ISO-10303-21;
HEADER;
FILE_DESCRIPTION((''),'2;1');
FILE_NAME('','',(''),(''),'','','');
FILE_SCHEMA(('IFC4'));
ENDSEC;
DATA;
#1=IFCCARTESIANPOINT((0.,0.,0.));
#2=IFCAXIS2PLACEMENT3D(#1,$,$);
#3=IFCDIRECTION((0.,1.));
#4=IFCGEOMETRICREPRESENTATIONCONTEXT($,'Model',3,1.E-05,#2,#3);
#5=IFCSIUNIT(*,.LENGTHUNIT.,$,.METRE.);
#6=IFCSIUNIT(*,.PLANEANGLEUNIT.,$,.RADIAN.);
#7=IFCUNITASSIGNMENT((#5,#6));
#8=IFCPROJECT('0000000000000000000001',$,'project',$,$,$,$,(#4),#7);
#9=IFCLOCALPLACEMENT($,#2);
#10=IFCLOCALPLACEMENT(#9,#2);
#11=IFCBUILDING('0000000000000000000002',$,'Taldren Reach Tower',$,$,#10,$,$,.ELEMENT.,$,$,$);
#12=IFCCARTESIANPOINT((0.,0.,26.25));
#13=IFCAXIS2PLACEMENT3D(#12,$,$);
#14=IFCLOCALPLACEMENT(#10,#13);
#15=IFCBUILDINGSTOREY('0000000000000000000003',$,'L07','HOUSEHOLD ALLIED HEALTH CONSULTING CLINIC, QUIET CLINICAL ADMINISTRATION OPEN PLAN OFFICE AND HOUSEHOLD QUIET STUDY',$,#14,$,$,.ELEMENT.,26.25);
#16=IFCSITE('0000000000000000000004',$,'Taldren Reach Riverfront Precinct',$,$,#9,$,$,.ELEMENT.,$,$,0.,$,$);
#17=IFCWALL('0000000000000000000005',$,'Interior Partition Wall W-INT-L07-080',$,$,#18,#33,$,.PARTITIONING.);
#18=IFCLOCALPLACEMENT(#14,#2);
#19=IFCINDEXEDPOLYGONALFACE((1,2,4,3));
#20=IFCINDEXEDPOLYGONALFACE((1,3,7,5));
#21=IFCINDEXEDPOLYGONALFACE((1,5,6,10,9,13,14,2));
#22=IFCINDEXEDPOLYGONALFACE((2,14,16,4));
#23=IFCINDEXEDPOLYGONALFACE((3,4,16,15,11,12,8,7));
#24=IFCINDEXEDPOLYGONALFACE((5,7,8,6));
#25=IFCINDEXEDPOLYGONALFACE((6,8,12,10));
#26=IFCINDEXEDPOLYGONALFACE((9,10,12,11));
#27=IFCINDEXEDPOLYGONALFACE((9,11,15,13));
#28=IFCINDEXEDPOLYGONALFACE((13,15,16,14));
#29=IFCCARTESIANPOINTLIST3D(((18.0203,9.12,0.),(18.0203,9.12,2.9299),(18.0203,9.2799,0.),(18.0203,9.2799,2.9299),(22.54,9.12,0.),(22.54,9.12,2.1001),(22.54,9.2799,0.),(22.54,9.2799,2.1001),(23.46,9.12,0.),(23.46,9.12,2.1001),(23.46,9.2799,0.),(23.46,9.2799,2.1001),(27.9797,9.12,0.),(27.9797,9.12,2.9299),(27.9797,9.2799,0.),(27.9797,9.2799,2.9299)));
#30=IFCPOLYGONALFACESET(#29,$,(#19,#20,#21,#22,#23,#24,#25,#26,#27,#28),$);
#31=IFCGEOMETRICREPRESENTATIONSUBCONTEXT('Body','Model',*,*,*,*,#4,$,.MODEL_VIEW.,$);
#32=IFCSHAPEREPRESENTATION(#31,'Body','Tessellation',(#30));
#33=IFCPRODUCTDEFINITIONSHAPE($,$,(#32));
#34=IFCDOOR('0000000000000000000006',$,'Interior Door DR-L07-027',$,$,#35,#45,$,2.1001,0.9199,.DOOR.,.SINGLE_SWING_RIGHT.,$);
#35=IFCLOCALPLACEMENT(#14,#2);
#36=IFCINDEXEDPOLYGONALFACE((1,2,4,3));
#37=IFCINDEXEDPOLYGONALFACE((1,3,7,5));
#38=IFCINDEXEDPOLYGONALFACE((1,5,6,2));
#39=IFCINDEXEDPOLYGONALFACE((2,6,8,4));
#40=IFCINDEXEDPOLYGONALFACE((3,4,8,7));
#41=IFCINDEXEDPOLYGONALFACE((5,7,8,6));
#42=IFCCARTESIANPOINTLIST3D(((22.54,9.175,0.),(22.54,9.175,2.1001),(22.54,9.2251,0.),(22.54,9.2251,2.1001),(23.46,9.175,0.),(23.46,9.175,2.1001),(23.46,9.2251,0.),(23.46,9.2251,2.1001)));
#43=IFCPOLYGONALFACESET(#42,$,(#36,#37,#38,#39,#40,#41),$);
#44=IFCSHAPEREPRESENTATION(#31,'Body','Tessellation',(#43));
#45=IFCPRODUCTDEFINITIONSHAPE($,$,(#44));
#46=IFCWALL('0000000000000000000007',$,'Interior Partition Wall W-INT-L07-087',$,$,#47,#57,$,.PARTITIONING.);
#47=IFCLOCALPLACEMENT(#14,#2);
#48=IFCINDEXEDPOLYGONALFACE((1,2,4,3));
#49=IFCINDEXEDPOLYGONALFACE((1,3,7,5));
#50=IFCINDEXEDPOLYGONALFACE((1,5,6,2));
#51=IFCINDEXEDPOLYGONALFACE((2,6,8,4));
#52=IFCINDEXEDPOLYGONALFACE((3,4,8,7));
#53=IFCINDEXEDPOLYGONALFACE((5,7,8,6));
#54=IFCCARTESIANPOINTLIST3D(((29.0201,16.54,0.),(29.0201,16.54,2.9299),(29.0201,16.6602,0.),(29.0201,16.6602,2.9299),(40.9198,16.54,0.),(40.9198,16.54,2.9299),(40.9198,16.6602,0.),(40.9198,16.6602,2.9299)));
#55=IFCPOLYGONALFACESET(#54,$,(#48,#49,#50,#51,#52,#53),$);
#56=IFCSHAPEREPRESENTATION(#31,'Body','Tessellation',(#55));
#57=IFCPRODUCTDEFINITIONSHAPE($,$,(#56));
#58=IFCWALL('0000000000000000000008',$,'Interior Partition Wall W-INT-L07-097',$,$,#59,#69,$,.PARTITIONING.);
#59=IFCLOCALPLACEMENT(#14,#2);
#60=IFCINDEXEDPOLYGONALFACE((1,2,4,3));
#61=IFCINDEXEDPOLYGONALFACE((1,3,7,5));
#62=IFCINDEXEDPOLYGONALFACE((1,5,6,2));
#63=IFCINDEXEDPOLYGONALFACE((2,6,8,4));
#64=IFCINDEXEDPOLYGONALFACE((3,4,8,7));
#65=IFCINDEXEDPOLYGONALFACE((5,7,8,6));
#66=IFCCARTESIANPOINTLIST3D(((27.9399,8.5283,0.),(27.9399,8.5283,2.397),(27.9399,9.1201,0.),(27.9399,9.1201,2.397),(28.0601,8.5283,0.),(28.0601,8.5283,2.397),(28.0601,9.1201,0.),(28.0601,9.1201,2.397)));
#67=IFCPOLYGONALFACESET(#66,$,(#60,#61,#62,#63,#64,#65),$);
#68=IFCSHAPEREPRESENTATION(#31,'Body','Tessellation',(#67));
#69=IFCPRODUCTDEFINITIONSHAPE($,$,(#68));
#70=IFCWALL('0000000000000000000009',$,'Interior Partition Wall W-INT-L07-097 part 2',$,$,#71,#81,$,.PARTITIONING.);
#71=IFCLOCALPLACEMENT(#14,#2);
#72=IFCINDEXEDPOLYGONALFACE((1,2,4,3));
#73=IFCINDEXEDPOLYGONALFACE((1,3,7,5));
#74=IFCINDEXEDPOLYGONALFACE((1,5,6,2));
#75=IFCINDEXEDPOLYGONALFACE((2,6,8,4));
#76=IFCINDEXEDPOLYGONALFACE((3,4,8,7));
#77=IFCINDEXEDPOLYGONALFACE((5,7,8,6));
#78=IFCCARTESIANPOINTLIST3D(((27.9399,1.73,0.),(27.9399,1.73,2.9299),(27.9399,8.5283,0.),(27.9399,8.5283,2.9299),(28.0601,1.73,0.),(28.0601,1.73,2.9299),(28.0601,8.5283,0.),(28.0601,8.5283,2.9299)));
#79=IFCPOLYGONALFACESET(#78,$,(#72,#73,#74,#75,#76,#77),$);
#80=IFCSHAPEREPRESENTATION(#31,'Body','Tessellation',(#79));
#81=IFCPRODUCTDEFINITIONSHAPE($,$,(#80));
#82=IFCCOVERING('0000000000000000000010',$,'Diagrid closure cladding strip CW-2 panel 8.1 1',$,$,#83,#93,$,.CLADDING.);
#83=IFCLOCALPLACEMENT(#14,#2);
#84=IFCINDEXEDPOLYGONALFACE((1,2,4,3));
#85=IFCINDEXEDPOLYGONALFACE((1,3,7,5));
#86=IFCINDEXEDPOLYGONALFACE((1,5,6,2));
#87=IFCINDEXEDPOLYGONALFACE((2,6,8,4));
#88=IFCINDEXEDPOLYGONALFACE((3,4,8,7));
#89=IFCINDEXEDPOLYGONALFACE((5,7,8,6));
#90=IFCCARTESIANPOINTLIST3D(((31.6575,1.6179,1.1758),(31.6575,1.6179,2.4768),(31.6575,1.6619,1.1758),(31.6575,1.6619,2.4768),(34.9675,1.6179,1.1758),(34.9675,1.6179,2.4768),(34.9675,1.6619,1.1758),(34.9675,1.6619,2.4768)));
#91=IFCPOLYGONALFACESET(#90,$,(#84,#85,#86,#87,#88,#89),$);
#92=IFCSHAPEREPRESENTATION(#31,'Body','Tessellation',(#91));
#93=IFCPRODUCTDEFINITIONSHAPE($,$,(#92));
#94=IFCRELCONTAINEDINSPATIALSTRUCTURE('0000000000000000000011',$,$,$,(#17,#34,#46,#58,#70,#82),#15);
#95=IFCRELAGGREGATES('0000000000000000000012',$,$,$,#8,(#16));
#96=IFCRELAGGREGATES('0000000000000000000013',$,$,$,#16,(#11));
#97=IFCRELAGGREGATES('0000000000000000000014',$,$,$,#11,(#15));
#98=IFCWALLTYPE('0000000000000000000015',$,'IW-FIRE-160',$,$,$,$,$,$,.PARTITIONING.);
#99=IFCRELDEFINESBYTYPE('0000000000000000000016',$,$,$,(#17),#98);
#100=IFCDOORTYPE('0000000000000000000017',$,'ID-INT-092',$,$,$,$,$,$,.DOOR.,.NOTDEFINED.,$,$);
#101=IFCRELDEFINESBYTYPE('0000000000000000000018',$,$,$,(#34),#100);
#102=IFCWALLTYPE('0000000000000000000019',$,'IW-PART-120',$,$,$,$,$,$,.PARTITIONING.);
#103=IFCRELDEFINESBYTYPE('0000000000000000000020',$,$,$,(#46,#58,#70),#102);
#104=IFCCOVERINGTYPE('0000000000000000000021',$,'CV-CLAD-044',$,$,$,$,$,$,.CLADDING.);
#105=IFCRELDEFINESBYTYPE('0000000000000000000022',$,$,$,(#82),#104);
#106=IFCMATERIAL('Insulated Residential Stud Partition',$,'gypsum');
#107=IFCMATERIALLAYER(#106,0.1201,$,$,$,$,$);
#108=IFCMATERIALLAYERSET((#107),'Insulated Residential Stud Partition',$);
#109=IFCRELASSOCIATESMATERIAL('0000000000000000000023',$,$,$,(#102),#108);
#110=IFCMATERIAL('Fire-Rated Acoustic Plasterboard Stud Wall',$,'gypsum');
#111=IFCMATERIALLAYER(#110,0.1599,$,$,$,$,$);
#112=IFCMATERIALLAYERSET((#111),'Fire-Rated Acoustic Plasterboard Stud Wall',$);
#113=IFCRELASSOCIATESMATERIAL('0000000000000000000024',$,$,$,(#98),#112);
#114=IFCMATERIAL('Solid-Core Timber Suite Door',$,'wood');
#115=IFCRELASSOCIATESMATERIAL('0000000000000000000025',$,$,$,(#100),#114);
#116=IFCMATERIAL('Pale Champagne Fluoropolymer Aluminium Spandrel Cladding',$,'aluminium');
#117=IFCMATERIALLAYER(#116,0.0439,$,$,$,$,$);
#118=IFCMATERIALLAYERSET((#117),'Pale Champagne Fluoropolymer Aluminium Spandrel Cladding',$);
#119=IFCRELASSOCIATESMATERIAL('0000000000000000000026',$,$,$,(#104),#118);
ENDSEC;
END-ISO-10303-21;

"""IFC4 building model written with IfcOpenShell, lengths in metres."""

from ifc_helpers import new_model, si_unit, direction, frame, frame_2d, origin, origin_2d, place, context, subcontext, project, spatial, rectangle, extrude, source, transform, mapped, material, layer, layer_set, type_object, element, fill, save


model = new_model("IFC4")

# Units and contexts
model_context = context("Model", 3, precision=1e-05, world=origin(), true_north=direction((0.0, 1.0)))
body_context = subcontext(model_context, "Body", "Model", "MODEL_VIEW")
ifc_project = project(units=[si_unit("LENGTHUNIT", "METRE"), si_unit("PLANEANGLEUNIT", "RADIAN")], contexts=[model_context])

# Site, building, storey
site_placement = place(None, origin())
site = spatial("IfcSite", under=ifc_project, at=site_placement, Name="Taldren Reach Riverfront Precinct", CompositionType="ELEMENT", RefElevation=0.0)
building_placement = place(site_placement, origin())
building = spatial("IfcBuilding", under=site, at=building_placement, Name="Taldren Reach Tower", CompositionType="ELEMENT")
storey_placement = place(building_placement, frame((0.0, 0.0, 26.25)))
storey = spatial("IfcBuildingStorey", under=building, at=storey_placement, Name="L07", Description="HOUSEHOLD ALLIED HEALTH CONSULTING CLINIC, QUIET CLINICAL ADMINISTRATION OPEN PLAN OFFICE AND HOUSEHOLD QUIET STUDY", CompositionType="ELEMENT", Elevation=26.25)

# Shared definitions
ifc_material_1 = material(Name="Insulated Residential Stud Partition", Category="gypsum")
ifc_layer_1 = layer(ifc_material_1, 0.1201)
ifc_layer_set_1 = layer_set([ifc_layer_1], Name="Insulated Residential Stud Partition")
wall_type_1 = type_object("IfcWallType", Name="IW-PART-120", PredefinedType="PARTITIONING", material=ifc_layer_set_1)

# Wall, opening, door
ifc_material_2 = material(Name="Fire-Rated Acoustic Plasterboard Stud Wall", Category="gypsum")
ifc_layer_2 = layer(ifc_material_2, 0.1599)
ifc_layer_set_2 = layer_set([ifc_layer_2], Name="Fire-Rated Acoustic Plasterboard Stud Wall")
wall_type_2 = type_object("IfcWallType", Name="IW-FIRE-160", PredefinedType="PARTITIONING", material=ifc_layer_set_2)
shared_shape_1 = source(origin(), body_context, "Body", "SweptSolid", [
    extrude(rectangle(XDim=9.9595, YDim=0.1599, at=frame_2d((4.9797, 0.0))), origin(), (0.0, 0.0, 1.0), 2.9299),
])
wall_1_placement = place(storey_placement, frame((27.9797, 9.2, 0.0), z_axis=(0.0, 0.0, 1.0), x_axis=(-1.0, 0.0, 0.0)))
wall_1 = element("IfcWall", 1, at=wall_1_placement, inside=storey, type_object=wall_type_2, Name="Interior Partition Wall W-INT-L07-080", PredefinedType="PARTITIONING", context=body_context, shape_type="MappedRepresentation", body=[
    mapped(shared_shape_1, transform((0.0, 0.0, 0.0), scale=1.0)),
])
shared_shape_2 = source(origin(), body_context, "Body", "SweptSolid", [
    extrude(rectangle(XDim=0.9199, YDim=2.1001, at=frame_2d((0.46, 1.05))), frame((0.0, 0.0898, 0.0), z_axis=(0.0, -1.0, 0.0), x_axis=(1.0, 0.0, 0.0)), (0.0, 0.0, 1.0), 0.1799),
])
opening_1_placement = place(wall_1_placement, frame((4.5198, 0.0, 0.0)))
opening_1 = element("IfcOpeningElement", 2, at=opening_1_placement, cuts=wall_1, PredefinedType="OPENING", context=body_context, shape_type="MappedRepresentation", body=[
    mapped(shared_shape_2, transform((0.0, 0.0, 0.0), scale=1.0)),
])
ifc_material_3 = material(Name="Solid-Core Timber Suite Door", Category="wood")
door_type_1 = type_object("IfcDoorType", Name="ID-INT-092", OperationType="NOTDEFINED", PredefinedType="DOOR", material=ifc_material_3)
shared_shape_3 = source(origin(), body_context, "Body", "SweptSolid", [
    extrude(rectangle(XDim=0.9199, YDim=2.1001, at=frame_2d((0.46, 1.05))), frame((0.0, 0.0249, 0.0), z_axis=(0.0, -1.0, 0.0), x_axis=(1.0, 0.0, 0.0)), (0.0, 0.0, 1.0), 0.05),
])
door_1_placement = place(opening_1_placement, origin())
door_1 = element("IfcDoor", 3, at=door_1_placement, inside=storey, type_object=door_type_1, Name="Interior Door DR-L07-027", OperationType="SINGLE_SWING_RIGHT", OverallHeight=2.1001, OverallWidth=0.9199, PredefinedType="DOOR", context=body_context, shape_type="MappedRepresentation", body=[
    mapped(shared_shape_3, transform((0.0, 0.0, 0.0), scale=1.0)),
])
fill(opening_1, door_1)

# Walls
shared_shape_4 = source(origin(), body_context, "Body", "SweptSolid", [
    extrude(rectangle(XDim=11.8997, YDim=0.1201, at=frame_2d((5.9497, 0.0))), origin(), (0.0, 0.0, 1.0), 2.9299),
])
wall_2_placement = place(storey_placement, frame((29.0203, 16.6001, 0.0), z_axis=(0.0, 0.0, 1.0), x_axis=(1.0, 0.0, 0.0)))
element("IfcWall", 4, at=wall_2_placement, inside=storey, type_object=wall_type_1, Name="Interior Partition Wall W-INT-L07-087", PredefinedType="PARTITIONING", context=body_context, shape_type="MappedRepresentation", body=[
    mapped(shared_shape_4, transform((0.0, 0.0, 0.0), scale=1.0)),
])
shared_shape_5 = source(origin(), body_context, "Body", "SweptSolid", [
    extrude(rectangle(XDim=0.5918, YDim=0.1201, at=frame_2d((0.2959, 0.0))), origin(), (0.0, 0.0, 1.0), 2.397),
])
wall_3_placement = place(storey_placement, frame((28.0, 9.1201, 0.0), z_axis=(0.0, 0.0, 1.0), x_axis=(0.0, -1.0, 0.0)))
element("IfcWall", 5, at=wall_3_placement, inside=storey, type_object=wall_type_1, Name="Interior Partition Wall W-INT-L07-097", PredefinedType="PARTITIONING", context=body_context, shape_type="MappedRepresentation", body=[
    mapped(shared_shape_5, transform((0.0, 0.0, 0.0), scale=1.0)),
])
shared_shape_6 = source(origin(), body_context, "Body", "SweptSolid", [
    extrude(rectangle(XDim=6.7983, YDim=0.1201, at=frame_2d((3.3992, 0.0))), origin(), (0.0, 0.0, 1.0), 2.9299),
])
wall_4_placement = place(storey_placement, frame((28.0, 8.5283, 0.0), z_axis=(0.0, 0.0, 1.0), x_axis=(0.0, -1.0, 0.0)))
element("IfcWall", 6, at=wall_4_placement, inside=storey, type_object=wall_type_1, Name="Interior Partition Wall W-INT-L07-097 part 2", PredefinedType="PARTITIONING", context=body_context, shape_type="MappedRepresentation", body=[
    mapped(shared_shape_6, transform((0.0, 0.0, 0.0), scale=1.0)),
])

# Covering
ifc_material_4 = material(Name="Pale Champagne Fluoropolymer Aluminium Spandrel Cladding", Category="aluminium")
ifc_layer_3 = layer(ifc_material_4, 0.0439)
ifc_layer_set_3 = layer_set([ifc_layer_3], Name="Pale Champagne Fluoropolymer Aluminium Spandrel Cladding")
covering_type = type_object("IfcCoveringType", Name="CV-CLAD-044", PredefinedType="CLADDING", material=ifc_layer_set_3)
shared_shape_7 = source(origin(), body_context, "Body", "SweptSolid", [
    extrude(rectangle(XDim=3.3101, YDim=0.0439, at=origin_2d()), origin(), (0.0, 0.0, 1.0), 1.301),
])
covering_placement = place(storey_placement, frame((33.3125, 1.6399, 1.1758), z_axis=(0.0, 0.0, 1.0), x_axis=(1.0, 0.0, 0.0)))
element("IfcCovering", 7, at=covering_placement, inside=storey, type_object=covering_type, Name="Diagrid closure cladding strip CW-2 panel 8.1 1", PredefinedType="CLADDING", context=body_context, shape_type="MappedRepresentation", body=[
    mapped(shared_shape_7, transform((0.0, 0.0, 0.0), scale=1.0)),
])

save(model, "model.ifc")
